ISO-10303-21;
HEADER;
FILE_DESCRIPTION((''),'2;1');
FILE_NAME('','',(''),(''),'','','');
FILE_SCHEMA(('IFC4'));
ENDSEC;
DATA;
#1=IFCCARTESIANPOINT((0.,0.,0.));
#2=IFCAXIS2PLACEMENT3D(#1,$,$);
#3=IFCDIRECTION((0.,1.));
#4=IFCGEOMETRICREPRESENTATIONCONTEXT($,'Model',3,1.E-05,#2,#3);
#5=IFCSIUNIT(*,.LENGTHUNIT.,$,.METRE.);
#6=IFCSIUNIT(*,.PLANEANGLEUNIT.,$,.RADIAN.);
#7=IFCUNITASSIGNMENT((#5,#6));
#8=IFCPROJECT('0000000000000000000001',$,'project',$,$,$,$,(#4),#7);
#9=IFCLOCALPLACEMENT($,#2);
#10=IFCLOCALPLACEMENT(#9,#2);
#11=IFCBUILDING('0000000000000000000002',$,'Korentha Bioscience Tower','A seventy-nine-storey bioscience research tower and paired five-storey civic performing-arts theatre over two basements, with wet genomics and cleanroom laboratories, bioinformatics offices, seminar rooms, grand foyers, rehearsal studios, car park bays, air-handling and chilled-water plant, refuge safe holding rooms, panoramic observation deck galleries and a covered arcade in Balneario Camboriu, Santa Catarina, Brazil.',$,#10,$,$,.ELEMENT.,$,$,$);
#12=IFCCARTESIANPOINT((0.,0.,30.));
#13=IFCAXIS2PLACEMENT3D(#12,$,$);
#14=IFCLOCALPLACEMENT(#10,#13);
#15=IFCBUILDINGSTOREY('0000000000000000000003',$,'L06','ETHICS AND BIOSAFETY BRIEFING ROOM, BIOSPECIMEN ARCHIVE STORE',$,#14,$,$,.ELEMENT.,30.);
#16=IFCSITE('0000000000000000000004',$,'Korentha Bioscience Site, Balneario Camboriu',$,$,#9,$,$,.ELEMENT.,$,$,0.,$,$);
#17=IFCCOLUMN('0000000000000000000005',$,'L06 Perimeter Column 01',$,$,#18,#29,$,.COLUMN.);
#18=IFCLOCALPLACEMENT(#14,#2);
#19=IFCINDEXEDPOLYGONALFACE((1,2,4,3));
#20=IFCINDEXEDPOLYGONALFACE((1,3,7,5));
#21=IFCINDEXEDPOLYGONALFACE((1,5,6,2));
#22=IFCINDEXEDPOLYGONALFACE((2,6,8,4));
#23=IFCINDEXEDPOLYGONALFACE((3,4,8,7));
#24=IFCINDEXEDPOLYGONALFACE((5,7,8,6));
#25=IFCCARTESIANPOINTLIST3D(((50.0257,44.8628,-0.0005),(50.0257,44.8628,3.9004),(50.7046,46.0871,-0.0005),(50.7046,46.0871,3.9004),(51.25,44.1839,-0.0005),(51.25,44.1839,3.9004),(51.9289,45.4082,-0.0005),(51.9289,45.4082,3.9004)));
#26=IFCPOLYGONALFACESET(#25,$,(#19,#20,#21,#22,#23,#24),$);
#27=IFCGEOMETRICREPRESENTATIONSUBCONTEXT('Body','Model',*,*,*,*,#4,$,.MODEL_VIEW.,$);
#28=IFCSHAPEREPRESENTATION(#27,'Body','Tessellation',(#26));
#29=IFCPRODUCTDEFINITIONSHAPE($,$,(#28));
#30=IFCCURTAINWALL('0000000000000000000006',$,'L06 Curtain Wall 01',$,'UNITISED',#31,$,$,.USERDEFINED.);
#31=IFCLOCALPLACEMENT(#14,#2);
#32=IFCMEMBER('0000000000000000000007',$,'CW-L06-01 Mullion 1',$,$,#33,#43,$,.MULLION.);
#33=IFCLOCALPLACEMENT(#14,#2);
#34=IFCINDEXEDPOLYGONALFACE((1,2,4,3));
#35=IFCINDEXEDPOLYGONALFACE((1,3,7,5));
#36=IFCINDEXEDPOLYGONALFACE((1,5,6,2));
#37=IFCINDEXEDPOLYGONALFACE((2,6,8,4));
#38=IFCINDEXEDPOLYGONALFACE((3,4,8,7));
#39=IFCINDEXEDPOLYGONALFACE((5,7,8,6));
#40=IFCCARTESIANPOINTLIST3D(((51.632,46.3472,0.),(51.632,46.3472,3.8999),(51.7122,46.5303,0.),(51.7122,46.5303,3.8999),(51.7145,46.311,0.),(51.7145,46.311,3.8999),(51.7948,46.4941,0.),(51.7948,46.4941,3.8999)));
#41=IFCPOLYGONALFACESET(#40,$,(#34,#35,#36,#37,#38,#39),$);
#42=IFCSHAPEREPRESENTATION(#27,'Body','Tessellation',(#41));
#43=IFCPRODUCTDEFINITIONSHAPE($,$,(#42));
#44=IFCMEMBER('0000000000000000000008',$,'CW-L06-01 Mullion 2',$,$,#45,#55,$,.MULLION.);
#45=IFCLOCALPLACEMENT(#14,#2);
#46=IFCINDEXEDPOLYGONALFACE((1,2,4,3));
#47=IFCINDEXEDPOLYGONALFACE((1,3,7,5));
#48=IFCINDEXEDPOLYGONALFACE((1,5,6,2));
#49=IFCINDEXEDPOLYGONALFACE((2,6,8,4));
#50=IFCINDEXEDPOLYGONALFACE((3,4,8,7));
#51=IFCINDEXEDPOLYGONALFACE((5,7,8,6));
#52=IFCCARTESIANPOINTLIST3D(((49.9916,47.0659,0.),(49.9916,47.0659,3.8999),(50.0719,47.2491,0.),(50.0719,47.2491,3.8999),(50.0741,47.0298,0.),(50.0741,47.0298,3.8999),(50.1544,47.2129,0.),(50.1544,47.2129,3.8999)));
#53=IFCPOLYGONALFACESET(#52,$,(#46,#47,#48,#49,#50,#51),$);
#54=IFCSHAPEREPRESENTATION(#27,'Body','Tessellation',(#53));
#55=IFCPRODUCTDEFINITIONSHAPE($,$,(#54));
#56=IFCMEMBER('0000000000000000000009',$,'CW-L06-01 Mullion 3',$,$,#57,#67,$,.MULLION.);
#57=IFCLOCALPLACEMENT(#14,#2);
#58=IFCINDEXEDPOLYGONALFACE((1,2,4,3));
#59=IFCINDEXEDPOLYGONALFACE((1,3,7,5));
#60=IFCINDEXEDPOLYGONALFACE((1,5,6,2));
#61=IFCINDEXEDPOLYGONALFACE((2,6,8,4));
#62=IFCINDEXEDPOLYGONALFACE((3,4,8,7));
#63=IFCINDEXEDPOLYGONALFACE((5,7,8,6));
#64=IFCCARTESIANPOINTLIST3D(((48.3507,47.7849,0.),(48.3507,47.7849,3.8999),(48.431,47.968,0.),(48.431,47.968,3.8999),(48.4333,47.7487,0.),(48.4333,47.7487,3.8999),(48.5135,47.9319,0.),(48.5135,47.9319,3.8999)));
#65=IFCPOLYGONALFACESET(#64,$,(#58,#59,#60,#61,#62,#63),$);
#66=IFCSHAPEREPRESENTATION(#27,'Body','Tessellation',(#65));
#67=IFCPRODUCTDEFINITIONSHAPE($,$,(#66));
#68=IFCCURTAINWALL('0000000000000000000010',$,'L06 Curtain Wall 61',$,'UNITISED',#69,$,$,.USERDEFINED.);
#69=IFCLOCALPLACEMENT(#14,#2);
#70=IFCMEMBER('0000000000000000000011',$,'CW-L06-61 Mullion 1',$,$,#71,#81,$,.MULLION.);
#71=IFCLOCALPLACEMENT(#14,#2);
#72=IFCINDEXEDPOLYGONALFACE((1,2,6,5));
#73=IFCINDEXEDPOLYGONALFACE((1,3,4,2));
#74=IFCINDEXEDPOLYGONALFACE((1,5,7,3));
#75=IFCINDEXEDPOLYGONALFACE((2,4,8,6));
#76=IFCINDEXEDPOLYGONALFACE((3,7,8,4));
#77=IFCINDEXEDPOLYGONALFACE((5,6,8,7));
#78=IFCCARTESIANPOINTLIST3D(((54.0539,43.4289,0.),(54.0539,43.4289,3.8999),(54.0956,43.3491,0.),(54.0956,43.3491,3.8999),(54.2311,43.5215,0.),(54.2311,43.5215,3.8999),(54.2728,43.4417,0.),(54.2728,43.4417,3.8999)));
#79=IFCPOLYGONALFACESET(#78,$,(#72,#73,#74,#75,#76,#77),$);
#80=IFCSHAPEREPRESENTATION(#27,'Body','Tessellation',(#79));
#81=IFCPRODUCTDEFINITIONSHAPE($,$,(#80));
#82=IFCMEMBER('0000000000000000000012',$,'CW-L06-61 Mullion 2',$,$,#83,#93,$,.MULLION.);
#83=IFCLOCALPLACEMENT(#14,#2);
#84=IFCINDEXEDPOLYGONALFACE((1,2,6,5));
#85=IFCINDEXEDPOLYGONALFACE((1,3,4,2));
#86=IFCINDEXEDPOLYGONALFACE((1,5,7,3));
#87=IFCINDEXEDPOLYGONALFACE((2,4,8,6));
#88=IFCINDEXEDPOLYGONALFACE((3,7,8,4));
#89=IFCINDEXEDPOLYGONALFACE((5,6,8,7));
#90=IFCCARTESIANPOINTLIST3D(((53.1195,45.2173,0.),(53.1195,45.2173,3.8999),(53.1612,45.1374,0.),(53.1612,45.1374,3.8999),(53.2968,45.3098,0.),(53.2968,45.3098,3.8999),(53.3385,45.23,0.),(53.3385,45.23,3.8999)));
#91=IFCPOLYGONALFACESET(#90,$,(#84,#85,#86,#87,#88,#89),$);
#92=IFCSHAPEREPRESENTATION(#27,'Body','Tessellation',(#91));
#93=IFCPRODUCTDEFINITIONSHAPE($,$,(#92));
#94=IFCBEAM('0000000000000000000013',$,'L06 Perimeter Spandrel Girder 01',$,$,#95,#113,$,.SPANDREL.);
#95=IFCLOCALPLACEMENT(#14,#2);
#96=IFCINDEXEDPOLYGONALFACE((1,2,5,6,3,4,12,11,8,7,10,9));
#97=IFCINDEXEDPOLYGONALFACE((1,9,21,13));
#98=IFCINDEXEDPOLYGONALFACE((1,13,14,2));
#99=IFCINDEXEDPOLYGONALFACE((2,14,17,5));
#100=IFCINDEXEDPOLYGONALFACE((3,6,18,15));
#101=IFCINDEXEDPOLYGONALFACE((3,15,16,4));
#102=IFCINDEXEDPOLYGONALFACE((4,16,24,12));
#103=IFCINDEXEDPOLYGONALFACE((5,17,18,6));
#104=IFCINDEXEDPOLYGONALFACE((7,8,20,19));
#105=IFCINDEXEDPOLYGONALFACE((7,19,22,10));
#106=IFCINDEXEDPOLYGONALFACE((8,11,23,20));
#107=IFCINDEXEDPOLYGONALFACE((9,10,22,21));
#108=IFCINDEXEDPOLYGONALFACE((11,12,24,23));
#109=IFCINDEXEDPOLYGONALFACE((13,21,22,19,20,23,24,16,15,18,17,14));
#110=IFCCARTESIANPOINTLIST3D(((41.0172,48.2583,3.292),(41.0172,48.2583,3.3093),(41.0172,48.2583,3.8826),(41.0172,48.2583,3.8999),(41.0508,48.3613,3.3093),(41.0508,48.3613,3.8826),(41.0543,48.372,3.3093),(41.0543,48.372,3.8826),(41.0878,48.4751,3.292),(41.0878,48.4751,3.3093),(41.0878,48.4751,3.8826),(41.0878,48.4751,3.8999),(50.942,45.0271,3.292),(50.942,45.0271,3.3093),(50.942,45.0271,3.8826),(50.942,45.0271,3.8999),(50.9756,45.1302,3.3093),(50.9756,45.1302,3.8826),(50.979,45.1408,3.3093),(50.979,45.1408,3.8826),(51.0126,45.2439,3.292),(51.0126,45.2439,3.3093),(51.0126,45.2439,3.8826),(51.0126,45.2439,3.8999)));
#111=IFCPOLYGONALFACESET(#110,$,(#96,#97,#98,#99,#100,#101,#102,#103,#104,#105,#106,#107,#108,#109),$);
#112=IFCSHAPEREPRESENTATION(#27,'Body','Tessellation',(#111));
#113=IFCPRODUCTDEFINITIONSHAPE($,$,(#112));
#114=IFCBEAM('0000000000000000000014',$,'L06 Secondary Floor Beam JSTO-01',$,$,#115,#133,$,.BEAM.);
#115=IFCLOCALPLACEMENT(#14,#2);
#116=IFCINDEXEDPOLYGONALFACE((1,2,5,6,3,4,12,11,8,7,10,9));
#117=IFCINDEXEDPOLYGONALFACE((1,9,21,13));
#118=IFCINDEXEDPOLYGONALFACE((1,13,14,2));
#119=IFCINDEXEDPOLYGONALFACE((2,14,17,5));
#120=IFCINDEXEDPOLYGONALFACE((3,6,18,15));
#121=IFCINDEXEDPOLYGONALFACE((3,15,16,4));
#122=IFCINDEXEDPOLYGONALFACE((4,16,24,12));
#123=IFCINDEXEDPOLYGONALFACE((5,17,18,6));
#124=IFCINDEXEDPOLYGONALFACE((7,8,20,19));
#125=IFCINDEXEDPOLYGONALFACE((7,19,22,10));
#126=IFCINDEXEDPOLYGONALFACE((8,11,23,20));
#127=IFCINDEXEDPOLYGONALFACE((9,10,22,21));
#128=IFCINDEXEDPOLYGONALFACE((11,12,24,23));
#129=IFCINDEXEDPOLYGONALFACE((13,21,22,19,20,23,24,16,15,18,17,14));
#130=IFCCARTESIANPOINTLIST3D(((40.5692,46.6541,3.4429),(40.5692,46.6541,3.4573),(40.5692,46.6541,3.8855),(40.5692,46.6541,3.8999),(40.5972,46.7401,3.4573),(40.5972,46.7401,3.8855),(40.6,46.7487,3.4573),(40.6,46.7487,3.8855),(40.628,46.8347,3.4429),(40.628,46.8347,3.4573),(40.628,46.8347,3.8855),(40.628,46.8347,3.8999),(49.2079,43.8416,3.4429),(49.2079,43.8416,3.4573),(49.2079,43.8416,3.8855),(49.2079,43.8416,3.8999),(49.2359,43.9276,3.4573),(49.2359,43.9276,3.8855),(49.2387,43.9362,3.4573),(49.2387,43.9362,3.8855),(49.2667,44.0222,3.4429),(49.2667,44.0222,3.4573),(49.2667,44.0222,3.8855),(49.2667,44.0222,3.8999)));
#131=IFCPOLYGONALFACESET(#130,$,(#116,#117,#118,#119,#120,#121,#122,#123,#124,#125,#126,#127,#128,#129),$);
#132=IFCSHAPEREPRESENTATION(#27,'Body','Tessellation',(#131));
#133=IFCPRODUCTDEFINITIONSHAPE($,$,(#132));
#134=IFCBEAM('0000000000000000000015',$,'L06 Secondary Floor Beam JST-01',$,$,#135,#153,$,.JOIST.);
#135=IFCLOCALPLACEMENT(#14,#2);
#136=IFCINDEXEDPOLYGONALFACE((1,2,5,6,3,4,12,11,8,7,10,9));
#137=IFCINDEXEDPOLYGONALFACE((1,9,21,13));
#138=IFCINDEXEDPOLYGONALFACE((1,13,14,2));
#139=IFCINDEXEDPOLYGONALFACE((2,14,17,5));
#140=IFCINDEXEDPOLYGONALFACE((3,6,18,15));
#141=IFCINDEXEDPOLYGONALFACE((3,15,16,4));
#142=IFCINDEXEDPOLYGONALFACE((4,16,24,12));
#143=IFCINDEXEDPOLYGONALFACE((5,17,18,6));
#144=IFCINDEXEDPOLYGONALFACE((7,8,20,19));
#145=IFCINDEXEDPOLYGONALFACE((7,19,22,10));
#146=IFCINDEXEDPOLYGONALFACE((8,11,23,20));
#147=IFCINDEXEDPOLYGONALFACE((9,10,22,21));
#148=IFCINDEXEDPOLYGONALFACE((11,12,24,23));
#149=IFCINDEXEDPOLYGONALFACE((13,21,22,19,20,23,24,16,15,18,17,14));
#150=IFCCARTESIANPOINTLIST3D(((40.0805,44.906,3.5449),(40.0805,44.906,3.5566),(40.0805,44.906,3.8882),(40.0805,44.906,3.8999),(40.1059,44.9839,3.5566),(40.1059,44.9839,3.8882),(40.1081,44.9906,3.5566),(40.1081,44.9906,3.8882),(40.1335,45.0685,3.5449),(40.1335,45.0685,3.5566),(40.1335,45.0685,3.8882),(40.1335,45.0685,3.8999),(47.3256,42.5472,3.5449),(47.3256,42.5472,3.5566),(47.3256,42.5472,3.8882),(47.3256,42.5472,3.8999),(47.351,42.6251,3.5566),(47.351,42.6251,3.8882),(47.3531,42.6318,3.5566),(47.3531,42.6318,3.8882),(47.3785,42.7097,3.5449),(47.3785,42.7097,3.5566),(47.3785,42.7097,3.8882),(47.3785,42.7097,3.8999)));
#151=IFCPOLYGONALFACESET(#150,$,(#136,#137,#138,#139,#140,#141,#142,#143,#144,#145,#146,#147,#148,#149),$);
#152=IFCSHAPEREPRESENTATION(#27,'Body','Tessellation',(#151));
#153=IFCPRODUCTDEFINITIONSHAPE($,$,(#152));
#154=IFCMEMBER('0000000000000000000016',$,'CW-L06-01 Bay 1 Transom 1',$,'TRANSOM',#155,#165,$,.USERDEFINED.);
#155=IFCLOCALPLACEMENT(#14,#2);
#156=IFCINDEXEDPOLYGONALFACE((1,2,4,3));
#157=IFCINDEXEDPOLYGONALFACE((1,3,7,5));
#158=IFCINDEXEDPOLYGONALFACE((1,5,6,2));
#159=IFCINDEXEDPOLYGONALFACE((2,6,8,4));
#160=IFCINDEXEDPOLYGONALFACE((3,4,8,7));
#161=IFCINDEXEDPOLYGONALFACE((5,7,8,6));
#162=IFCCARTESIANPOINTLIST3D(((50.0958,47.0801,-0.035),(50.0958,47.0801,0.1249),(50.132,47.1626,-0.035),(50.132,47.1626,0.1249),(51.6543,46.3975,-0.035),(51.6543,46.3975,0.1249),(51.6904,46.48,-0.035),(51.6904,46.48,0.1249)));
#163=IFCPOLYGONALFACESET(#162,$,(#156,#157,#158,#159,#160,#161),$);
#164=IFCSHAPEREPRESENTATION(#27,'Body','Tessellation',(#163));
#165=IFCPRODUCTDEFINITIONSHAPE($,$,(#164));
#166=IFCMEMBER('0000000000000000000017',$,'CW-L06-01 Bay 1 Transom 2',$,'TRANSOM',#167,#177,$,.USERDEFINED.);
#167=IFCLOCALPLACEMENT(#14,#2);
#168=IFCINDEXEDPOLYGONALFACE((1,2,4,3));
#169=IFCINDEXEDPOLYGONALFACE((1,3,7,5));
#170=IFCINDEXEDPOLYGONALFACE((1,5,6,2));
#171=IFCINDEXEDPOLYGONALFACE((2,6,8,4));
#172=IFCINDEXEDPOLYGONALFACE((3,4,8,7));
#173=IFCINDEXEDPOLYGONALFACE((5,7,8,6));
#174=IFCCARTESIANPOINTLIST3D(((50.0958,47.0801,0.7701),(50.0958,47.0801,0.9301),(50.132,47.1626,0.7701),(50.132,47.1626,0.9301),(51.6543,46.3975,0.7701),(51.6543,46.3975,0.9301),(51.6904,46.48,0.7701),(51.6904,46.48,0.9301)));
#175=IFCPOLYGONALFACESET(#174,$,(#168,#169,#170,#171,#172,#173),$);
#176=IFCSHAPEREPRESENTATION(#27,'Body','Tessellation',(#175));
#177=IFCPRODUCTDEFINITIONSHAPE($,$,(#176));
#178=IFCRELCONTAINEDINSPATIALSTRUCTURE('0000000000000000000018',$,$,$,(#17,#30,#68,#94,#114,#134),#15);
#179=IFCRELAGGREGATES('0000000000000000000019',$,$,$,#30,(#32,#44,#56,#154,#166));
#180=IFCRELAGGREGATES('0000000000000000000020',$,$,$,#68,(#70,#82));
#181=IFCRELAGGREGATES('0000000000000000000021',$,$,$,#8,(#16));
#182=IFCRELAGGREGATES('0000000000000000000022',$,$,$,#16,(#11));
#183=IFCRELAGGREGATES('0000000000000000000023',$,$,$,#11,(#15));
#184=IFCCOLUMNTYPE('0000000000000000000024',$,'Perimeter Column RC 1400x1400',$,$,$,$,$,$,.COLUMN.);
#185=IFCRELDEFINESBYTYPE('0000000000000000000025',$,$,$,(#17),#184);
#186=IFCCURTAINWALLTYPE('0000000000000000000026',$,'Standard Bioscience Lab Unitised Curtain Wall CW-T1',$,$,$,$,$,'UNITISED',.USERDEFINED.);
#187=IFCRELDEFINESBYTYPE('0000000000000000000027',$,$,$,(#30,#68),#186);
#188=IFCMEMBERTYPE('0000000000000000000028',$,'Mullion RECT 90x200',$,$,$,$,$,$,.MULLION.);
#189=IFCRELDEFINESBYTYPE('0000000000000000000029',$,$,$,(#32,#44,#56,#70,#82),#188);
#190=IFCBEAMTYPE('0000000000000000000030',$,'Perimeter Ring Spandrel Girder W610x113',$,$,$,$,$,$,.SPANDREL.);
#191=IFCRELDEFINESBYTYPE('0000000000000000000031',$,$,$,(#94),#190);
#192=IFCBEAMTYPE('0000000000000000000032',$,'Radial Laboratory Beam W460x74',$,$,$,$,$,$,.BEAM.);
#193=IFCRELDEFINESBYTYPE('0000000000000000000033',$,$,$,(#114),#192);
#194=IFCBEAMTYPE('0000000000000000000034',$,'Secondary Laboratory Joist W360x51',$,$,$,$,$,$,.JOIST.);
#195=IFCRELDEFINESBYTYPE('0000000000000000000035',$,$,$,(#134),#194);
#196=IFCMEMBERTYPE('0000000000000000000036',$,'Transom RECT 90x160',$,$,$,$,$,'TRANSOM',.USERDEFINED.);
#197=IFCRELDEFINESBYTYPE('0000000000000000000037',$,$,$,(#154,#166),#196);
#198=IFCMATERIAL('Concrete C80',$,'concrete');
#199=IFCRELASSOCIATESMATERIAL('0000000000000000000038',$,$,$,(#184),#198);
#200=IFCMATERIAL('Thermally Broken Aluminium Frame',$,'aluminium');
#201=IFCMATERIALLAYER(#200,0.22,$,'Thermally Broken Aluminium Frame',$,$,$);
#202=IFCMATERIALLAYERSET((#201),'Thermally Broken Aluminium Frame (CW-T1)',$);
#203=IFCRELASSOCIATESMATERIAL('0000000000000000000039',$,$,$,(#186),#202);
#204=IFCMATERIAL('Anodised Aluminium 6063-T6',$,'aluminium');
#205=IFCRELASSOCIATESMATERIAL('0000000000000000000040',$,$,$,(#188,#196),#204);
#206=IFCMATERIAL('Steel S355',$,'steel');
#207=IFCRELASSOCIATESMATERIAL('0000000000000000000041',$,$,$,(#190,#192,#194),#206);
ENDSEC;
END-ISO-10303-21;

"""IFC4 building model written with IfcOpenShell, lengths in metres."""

from ifc_helpers import new_model, si_unit, direction, frame, origin, origin_2d, place, context, subcontext, project, spatial, rectangle, i_section, extrude, material, layer, layer_set, material_profile, profile_set, type_object, element, aggregate, save


model = new_model("IFC4")

# Units and contexts
model_context = context("Model", 3, precision=1e-05, world=origin(), true_north=direction((0.0, 1.0)))
body_context = subcontext(model_context, "Body", "Model", "MODEL_VIEW")
ifc_project = project(units=[si_unit("LENGTHUNIT", "METRE"), si_unit("PLANEANGLEUNIT", "RADIAN")], contexts=[model_context])

# Site, building, storey
site_placement = place(None, origin())
site = spatial("IfcSite", under=ifc_project, at=site_placement, Name="Korentha Bioscience Site, Balneario Camboriu", CompositionType="ELEMENT", RefElevation=0.0)
building_placement = place(site_placement, origin())
building = spatial("IfcBuilding", under=site, at=building_placement, Name="Korentha Bioscience Tower", Description="A seventy-nine-storey bioscience research tower and paired five-storey civic performing-arts theatre over two basements, with wet genomics and cleanroom laboratories, bioinformatics offices, seminar rooms, grand foyers, rehearsal studios, car park bays, air-handling and chilled-water plant, refuge safe holding rooms, panoramic observation deck galleries and a covered arcade in Balneario Camboriu, Santa Catarina, Brazil.", CompositionType="ELEMENT")
storey_placement = place(building_placement, frame((0.0, 0.0, 30.0)))
storey = spatial("IfcBuildingStorey", under=building, at=storey_placement, Name="L06", Description="ETHICS AND BIOSAFETY BRIEFING ROOM, BIOSPECIMEN ARCHIVE STORE", CompositionType="ELEMENT", Elevation=30.0)

# Column
ifc_material_1 = material(Name="Concrete C80", Category="concrete")
ifc_material_profile_1 = material_profile(ifc_material_1, rectangle(XDim=1.3999, YDim=1.3999, at=origin_2d()), Name="Concrete C80")
ifc_profile_set_1 = profile_set([ifc_material_profile_1], Name="Concrete C80 (COL-P14)")
column_type = type_object("IfcColumnType", Name="Perimeter Column RC 1400x1400", PredefinedType="COLUMN", material=ifc_profile_set_1)
column_placement = place(storey_placement, frame((50.9773, 45.1355, -0.0005), z_axis=(0.0, 0.0, 1.0), x_axis=(-0.874535, 0.484962, 0.0)))
element("IfcColumn", 1, at=column_placement, inside=storey, type_object=column_type, Name="L06 Perimeter Column 01", PredefinedType="COLUMN", context=body_context, shape_type="SweptSolid", body=[
    extrude(rectangle(XDim=1.3999, YDim=1.3999, at=origin_2d()), origin(), (0.0, 0.0, 1.0), 3.9009),
])

# Curtain walls, members
ifc_material_2 = material(Name="Thermally Broken Aluminium Frame", Category="aluminium")
ifc_layer_1 = layer(ifc_material_2, 0.22, Name="Thermally Broken Aluminium Frame")
ifc_layer_set_1 = layer_set([ifc_layer_1], Name="Thermally Broken Aluminium Frame (CW-T1)")
curtain_wall_type = type_object("IfcCurtainWallType", Name="Standard Bioscience Lab Unitised Curtain Wall CW-T1", ElementType="UNITISED", PredefinedType="USERDEFINED", material=ifc_layer_set_1)
curtain_wall_1_placement = place(storey_placement, origin())
curtain_wall_1 = element("IfcCurtainWall", 2, at=curtain_wall_1_placement, inside=storey, type_object=curtain_wall_type, Name="L06 Curtain Wall 01", ObjectType="UNITISED", PredefinedType="USERDEFINED")
ifc_material_3 = material(Name="Anodised Aluminium 6063-T6", Category="aluminium")
ifc_material_profile_2 = material_profile(ifc_material_3, rectangle(XDim=0.0901, YDim=0.2, at=origin_2d()), Name="Anodised Aluminium 6063-T6")
ifc_profile_set_2 = profile_set([ifc_material_profile_2], Name="Anodised Aluminium 6063-T6 (CW-MUL)")
member_type_1 = type_object("IfcMemberType", Name="Mullion RECT 90x200", PredefinedType="MULLION", material=ifc_profile_set_2)
member_1_placement = place(storey_placement, frame((51.7134, 46.4207, 0.0), z_axis=(0.0, 0.0, 1.0), x_axis=(-0.915939, 0.401317, 0.0)))
member_1 = element("IfcMember", 3, at=member_1_placement, type_object=member_type_1, Name="CW-L06-01 Mullion 1", PredefinedType="MULLION", context=body_context, shape_type="SweptSolid", body=[
    extrude(rectangle(XDim=0.0901, YDim=0.2, at=origin_2d()), origin(), (0.0, 0.0, 1.0), 3.8999),
])
member_2_placement = place(storey_placement, frame((50.073, 47.1394, 0.0), z_axis=(0.0, 0.0, 1.0), x_axis=(-0.915939, 0.401317, 0.0)))
member_2 = element("IfcMember", 4, at=member_2_placement, type_object=member_type_1, Name="CW-L06-01 Mullion 2", PredefinedType="MULLION", context=body_context, shape_type="SweptSolid", body=[
    extrude(rectangle(XDim=0.0901, YDim=0.2, at=origin_2d()), origin(), (0.0, 0.0, 1.0), 3.8999),
])
member_3_placement = place(storey_placement, frame((48.4321, 47.8584, 0.0), z_axis=(0.0, 0.0, 1.0), x_axis=(-0.915939, 0.401317, 0.0)))
member_3 = element("IfcMember", 5, at=member_3_placement, type_object=member_type_1, Name="CW-L06-01 Mullion 3", PredefinedType="MULLION", context=body_context, shape_type="SweptSolid", body=[
    extrude(rectangle(XDim=0.0901, YDim=0.2, at=origin_2d()), origin(), (0.0, 0.0, 1.0), 3.8999),
])
curtain_wall_2_placement = place(storey_placement, origin())
curtain_wall_2 = element("IfcCurtainWall", 6, at=curtain_wall_2_placement, inside=storey, type_object=curtain_wall_type, Name="L06 Curtain Wall 61", ObjectType="UNITISED", PredefinedType="USERDEFINED")
member_4_placement = place(storey_placement, frame((54.1633, 43.4353, 0.0), z_axis=(0.0, 0.0, 1.0), x_axis=(-0.463009, 0.886354, 0.0)))
member_4 = element("IfcMember", 7, at=member_4_placement, type_object=member_type_1, Name="CW-L06-61 Mullion 1", PredefinedType="MULLION", context=body_context, shape_type="SweptSolid", body=[
    extrude(rectangle(XDim=0.0901, YDim=0.2, at=origin_2d()), origin(), (0.0, 0.0, 1.0), 3.8999),
])
member_5_placement = place(storey_placement, frame((53.229, 45.2236, 0.0), z_axis=(0.0, 0.0, 1.0), x_axis=(-0.463009, 0.886354, 0.0)))
member_5 = element("IfcMember", 8, at=member_5_placement, type_object=member_type_1, Name="CW-L06-61 Mullion 2", PredefinedType="MULLION", context=body_context, shape_type="SweptSolid", body=[
    extrude(rectangle(XDim=0.0901, YDim=0.2, at=origin_2d()), origin(), (0.0, 0.0, 1.0), 3.8999),
])

# Beams
ifc_material_4 = material(Name="Steel S355", Category="steel")
ifc_material_profile_3 = material_profile(ifc_material_4, i_section(OverallWidth=0.228, OverallDepth=0.6079, WebThickness=0.0112, FlangeThickness=0.0173, at=origin_2d()), Name="Steel S355")
ifc_profile_set_3 = profile_set([ifc_material_profile_3], Name="Steel S355 (SB-610)")
beam_type_1 = type_object("IfcBeamType", Name="Perimeter Ring Spandrel Girder W610x113", PredefinedType="SPANDREL", material=ifc_profile_set_3)
beam_1_placement = place(storey_placement, frame((50.9773, 45.1355, 3.5959), z_axis=(-0.950875, 0.309575, 0.0), x_axis=(-0.309575, -0.950875, 0.0)))
element("IfcBeam", 9, at=beam_1_placement, inside=storey, type_object=beam_type_1, Name="L06 Perimeter Spandrel Girder 01", PredefinedType="SPANDREL", context=body_context, shape_type="SweptSolid", body=[
    extrude(i_section(OverallWidth=0.228, OverallDepth=0.6079, WebThickness=0.0112, FlangeThickness=0.0173, at=origin_2d()), origin(), (0.0, 0.0, 1.0), 10.4375),
])
ifc_material_profile_4 = material_profile(ifc_material_4, i_section(OverallWidth=0.1899, OverallDepth=0.457, WebThickness=0.009, FlangeThickness=0.0144, at=origin_2d()), Name="Steel S355")
ifc_profile_set_4 = profile_set([ifc_material_profile_4], Name="Steel S355 (RB-460)")
beam_type_2 = type_object("IfcBeamType", Name="Radial Laboratory Beam W460x74", PredefinedType="BEAM", material=ifc_profile_set_4)
beam_2_placement = place(storey_placement, frame((49.2373, 43.9319, 3.6714), z_axis=(-0.950874, 0.309577, 0.0), x_axis=(-0.309577, -0.950874, 0.0)))
element("IfcBeam", 10, at=beam_2_placement, inside=storey, type_object=beam_type_2, Name="L06 Secondary Floor Beam JSTO-01", PredefinedType="BEAM", context=body_context, shape_type="SweptSolid", body=[
    extrude(i_section(OverallWidth=0.1899, OverallDepth=0.457, WebThickness=0.009, FlangeThickness=0.0144, at=origin_2d()), origin(), (0.0, 0.0, 1.0), 9.085),
])
ifc_material_profile_5 = material_profile(ifc_material_4, i_section(OverallWidth=0.1709, OverallDepth=0.355, WebThickness=0.0071, FlangeThickness=0.0117, at=origin_2d()), Name="Steel S355")
ifc_profile_set_5 = profile_set([ifc_material_profile_5], Name="Steel S355 (JB-360)")
beam_type_3 = type_object("IfcBeamType", Name="Secondary Laboratory Joist W360x51", PredefinedType="JOIST", material=ifc_profile_set_5)
beam_3_placement = place(storey_placement, frame((47.3521, 42.6284, 3.7224), z_axis=(-0.950871, 0.309587, 0.0), x_axis=(-0.309587, -0.950871, 0.0)))
element("IfcBeam", 11, at=beam_3_placement, inside=storey, type_object=beam_type_3, Name="L06 Secondary Floor Beam JST-01", PredefinedType="JOIST", context=body_context, shape_type="SweptSolid", body=[
    extrude(i_section(OverallWidth=0.1709, OverallDepth=0.355, WebThickness=0.0071, FlangeThickness=0.0117, at=origin_2d()), origin(), (0.0, 0.0, 1.0), 7.6194),
])

# Members
ifc_material_profile_6 = material_profile(ifc_material_3, rectangle(XDim=0.0901, YDim=0.1599, at=origin_2d()), Name="Anodised Aluminium 6063-T6")
ifc_profile_set_6 = profile_set([ifc_material_profile_6], Name="Anodised Aluminium 6063-T6 (CW-TRN)")
member_type_2 = type_object("IfcMemberType", Name="Transom RECT 90x160", ElementType="TRANSOM", PredefinedType="USERDEFINED", material=ifc_profile_set_6)
member_6_placement = place(storey_placement, frame((51.6724, 46.4387, 0.0449), z_axis=(-0.915976, 0.401233, 0.0), x_axis=(-0.401233, -0.915976, 0.0)))
member_6 = element("IfcMember", 12, at=member_6_placement, type_object=member_type_2, Name="CW-L06-01 Bay 1 Transom 1", ObjectType="TRANSOM", PredefinedType="USERDEFINED", context=body_context, shape_type="SweptSolid", body=[
    extrude(rectangle(XDim=0.0901, YDim=0.1599, at=origin_2d()), origin(), (0.0, 0.0, 1.0), 1.7014),
])
member_7_placement = place(storey_placement, frame((51.6724, 46.4387, 0.8501), z_axis=(-0.915976, 0.401233, 0.0), x_axis=(-0.401233, -0.915976, 0.0)))
member_7 = element("IfcMember", 13, at=member_7_placement, type_object=member_type_2, Name="CW-L06-01 Bay 1 Transom 2", ObjectType="TRANSOM", PredefinedType="USERDEFINED", context=body_context, shape_type="SweptSolid", body=[
    extrude(rectangle(XDim=0.0901, YDim=0.1599, at=origin_2d()), origin(), (0.0, 0.0, 1.0), 1.7014),
])

aggregate(curtain_wall_1, [member_1, member_2, member_3, member_6, member_7])
aggregate(curtain_wall_2, [member_4, member_5])

save(model, "model.ifc")
